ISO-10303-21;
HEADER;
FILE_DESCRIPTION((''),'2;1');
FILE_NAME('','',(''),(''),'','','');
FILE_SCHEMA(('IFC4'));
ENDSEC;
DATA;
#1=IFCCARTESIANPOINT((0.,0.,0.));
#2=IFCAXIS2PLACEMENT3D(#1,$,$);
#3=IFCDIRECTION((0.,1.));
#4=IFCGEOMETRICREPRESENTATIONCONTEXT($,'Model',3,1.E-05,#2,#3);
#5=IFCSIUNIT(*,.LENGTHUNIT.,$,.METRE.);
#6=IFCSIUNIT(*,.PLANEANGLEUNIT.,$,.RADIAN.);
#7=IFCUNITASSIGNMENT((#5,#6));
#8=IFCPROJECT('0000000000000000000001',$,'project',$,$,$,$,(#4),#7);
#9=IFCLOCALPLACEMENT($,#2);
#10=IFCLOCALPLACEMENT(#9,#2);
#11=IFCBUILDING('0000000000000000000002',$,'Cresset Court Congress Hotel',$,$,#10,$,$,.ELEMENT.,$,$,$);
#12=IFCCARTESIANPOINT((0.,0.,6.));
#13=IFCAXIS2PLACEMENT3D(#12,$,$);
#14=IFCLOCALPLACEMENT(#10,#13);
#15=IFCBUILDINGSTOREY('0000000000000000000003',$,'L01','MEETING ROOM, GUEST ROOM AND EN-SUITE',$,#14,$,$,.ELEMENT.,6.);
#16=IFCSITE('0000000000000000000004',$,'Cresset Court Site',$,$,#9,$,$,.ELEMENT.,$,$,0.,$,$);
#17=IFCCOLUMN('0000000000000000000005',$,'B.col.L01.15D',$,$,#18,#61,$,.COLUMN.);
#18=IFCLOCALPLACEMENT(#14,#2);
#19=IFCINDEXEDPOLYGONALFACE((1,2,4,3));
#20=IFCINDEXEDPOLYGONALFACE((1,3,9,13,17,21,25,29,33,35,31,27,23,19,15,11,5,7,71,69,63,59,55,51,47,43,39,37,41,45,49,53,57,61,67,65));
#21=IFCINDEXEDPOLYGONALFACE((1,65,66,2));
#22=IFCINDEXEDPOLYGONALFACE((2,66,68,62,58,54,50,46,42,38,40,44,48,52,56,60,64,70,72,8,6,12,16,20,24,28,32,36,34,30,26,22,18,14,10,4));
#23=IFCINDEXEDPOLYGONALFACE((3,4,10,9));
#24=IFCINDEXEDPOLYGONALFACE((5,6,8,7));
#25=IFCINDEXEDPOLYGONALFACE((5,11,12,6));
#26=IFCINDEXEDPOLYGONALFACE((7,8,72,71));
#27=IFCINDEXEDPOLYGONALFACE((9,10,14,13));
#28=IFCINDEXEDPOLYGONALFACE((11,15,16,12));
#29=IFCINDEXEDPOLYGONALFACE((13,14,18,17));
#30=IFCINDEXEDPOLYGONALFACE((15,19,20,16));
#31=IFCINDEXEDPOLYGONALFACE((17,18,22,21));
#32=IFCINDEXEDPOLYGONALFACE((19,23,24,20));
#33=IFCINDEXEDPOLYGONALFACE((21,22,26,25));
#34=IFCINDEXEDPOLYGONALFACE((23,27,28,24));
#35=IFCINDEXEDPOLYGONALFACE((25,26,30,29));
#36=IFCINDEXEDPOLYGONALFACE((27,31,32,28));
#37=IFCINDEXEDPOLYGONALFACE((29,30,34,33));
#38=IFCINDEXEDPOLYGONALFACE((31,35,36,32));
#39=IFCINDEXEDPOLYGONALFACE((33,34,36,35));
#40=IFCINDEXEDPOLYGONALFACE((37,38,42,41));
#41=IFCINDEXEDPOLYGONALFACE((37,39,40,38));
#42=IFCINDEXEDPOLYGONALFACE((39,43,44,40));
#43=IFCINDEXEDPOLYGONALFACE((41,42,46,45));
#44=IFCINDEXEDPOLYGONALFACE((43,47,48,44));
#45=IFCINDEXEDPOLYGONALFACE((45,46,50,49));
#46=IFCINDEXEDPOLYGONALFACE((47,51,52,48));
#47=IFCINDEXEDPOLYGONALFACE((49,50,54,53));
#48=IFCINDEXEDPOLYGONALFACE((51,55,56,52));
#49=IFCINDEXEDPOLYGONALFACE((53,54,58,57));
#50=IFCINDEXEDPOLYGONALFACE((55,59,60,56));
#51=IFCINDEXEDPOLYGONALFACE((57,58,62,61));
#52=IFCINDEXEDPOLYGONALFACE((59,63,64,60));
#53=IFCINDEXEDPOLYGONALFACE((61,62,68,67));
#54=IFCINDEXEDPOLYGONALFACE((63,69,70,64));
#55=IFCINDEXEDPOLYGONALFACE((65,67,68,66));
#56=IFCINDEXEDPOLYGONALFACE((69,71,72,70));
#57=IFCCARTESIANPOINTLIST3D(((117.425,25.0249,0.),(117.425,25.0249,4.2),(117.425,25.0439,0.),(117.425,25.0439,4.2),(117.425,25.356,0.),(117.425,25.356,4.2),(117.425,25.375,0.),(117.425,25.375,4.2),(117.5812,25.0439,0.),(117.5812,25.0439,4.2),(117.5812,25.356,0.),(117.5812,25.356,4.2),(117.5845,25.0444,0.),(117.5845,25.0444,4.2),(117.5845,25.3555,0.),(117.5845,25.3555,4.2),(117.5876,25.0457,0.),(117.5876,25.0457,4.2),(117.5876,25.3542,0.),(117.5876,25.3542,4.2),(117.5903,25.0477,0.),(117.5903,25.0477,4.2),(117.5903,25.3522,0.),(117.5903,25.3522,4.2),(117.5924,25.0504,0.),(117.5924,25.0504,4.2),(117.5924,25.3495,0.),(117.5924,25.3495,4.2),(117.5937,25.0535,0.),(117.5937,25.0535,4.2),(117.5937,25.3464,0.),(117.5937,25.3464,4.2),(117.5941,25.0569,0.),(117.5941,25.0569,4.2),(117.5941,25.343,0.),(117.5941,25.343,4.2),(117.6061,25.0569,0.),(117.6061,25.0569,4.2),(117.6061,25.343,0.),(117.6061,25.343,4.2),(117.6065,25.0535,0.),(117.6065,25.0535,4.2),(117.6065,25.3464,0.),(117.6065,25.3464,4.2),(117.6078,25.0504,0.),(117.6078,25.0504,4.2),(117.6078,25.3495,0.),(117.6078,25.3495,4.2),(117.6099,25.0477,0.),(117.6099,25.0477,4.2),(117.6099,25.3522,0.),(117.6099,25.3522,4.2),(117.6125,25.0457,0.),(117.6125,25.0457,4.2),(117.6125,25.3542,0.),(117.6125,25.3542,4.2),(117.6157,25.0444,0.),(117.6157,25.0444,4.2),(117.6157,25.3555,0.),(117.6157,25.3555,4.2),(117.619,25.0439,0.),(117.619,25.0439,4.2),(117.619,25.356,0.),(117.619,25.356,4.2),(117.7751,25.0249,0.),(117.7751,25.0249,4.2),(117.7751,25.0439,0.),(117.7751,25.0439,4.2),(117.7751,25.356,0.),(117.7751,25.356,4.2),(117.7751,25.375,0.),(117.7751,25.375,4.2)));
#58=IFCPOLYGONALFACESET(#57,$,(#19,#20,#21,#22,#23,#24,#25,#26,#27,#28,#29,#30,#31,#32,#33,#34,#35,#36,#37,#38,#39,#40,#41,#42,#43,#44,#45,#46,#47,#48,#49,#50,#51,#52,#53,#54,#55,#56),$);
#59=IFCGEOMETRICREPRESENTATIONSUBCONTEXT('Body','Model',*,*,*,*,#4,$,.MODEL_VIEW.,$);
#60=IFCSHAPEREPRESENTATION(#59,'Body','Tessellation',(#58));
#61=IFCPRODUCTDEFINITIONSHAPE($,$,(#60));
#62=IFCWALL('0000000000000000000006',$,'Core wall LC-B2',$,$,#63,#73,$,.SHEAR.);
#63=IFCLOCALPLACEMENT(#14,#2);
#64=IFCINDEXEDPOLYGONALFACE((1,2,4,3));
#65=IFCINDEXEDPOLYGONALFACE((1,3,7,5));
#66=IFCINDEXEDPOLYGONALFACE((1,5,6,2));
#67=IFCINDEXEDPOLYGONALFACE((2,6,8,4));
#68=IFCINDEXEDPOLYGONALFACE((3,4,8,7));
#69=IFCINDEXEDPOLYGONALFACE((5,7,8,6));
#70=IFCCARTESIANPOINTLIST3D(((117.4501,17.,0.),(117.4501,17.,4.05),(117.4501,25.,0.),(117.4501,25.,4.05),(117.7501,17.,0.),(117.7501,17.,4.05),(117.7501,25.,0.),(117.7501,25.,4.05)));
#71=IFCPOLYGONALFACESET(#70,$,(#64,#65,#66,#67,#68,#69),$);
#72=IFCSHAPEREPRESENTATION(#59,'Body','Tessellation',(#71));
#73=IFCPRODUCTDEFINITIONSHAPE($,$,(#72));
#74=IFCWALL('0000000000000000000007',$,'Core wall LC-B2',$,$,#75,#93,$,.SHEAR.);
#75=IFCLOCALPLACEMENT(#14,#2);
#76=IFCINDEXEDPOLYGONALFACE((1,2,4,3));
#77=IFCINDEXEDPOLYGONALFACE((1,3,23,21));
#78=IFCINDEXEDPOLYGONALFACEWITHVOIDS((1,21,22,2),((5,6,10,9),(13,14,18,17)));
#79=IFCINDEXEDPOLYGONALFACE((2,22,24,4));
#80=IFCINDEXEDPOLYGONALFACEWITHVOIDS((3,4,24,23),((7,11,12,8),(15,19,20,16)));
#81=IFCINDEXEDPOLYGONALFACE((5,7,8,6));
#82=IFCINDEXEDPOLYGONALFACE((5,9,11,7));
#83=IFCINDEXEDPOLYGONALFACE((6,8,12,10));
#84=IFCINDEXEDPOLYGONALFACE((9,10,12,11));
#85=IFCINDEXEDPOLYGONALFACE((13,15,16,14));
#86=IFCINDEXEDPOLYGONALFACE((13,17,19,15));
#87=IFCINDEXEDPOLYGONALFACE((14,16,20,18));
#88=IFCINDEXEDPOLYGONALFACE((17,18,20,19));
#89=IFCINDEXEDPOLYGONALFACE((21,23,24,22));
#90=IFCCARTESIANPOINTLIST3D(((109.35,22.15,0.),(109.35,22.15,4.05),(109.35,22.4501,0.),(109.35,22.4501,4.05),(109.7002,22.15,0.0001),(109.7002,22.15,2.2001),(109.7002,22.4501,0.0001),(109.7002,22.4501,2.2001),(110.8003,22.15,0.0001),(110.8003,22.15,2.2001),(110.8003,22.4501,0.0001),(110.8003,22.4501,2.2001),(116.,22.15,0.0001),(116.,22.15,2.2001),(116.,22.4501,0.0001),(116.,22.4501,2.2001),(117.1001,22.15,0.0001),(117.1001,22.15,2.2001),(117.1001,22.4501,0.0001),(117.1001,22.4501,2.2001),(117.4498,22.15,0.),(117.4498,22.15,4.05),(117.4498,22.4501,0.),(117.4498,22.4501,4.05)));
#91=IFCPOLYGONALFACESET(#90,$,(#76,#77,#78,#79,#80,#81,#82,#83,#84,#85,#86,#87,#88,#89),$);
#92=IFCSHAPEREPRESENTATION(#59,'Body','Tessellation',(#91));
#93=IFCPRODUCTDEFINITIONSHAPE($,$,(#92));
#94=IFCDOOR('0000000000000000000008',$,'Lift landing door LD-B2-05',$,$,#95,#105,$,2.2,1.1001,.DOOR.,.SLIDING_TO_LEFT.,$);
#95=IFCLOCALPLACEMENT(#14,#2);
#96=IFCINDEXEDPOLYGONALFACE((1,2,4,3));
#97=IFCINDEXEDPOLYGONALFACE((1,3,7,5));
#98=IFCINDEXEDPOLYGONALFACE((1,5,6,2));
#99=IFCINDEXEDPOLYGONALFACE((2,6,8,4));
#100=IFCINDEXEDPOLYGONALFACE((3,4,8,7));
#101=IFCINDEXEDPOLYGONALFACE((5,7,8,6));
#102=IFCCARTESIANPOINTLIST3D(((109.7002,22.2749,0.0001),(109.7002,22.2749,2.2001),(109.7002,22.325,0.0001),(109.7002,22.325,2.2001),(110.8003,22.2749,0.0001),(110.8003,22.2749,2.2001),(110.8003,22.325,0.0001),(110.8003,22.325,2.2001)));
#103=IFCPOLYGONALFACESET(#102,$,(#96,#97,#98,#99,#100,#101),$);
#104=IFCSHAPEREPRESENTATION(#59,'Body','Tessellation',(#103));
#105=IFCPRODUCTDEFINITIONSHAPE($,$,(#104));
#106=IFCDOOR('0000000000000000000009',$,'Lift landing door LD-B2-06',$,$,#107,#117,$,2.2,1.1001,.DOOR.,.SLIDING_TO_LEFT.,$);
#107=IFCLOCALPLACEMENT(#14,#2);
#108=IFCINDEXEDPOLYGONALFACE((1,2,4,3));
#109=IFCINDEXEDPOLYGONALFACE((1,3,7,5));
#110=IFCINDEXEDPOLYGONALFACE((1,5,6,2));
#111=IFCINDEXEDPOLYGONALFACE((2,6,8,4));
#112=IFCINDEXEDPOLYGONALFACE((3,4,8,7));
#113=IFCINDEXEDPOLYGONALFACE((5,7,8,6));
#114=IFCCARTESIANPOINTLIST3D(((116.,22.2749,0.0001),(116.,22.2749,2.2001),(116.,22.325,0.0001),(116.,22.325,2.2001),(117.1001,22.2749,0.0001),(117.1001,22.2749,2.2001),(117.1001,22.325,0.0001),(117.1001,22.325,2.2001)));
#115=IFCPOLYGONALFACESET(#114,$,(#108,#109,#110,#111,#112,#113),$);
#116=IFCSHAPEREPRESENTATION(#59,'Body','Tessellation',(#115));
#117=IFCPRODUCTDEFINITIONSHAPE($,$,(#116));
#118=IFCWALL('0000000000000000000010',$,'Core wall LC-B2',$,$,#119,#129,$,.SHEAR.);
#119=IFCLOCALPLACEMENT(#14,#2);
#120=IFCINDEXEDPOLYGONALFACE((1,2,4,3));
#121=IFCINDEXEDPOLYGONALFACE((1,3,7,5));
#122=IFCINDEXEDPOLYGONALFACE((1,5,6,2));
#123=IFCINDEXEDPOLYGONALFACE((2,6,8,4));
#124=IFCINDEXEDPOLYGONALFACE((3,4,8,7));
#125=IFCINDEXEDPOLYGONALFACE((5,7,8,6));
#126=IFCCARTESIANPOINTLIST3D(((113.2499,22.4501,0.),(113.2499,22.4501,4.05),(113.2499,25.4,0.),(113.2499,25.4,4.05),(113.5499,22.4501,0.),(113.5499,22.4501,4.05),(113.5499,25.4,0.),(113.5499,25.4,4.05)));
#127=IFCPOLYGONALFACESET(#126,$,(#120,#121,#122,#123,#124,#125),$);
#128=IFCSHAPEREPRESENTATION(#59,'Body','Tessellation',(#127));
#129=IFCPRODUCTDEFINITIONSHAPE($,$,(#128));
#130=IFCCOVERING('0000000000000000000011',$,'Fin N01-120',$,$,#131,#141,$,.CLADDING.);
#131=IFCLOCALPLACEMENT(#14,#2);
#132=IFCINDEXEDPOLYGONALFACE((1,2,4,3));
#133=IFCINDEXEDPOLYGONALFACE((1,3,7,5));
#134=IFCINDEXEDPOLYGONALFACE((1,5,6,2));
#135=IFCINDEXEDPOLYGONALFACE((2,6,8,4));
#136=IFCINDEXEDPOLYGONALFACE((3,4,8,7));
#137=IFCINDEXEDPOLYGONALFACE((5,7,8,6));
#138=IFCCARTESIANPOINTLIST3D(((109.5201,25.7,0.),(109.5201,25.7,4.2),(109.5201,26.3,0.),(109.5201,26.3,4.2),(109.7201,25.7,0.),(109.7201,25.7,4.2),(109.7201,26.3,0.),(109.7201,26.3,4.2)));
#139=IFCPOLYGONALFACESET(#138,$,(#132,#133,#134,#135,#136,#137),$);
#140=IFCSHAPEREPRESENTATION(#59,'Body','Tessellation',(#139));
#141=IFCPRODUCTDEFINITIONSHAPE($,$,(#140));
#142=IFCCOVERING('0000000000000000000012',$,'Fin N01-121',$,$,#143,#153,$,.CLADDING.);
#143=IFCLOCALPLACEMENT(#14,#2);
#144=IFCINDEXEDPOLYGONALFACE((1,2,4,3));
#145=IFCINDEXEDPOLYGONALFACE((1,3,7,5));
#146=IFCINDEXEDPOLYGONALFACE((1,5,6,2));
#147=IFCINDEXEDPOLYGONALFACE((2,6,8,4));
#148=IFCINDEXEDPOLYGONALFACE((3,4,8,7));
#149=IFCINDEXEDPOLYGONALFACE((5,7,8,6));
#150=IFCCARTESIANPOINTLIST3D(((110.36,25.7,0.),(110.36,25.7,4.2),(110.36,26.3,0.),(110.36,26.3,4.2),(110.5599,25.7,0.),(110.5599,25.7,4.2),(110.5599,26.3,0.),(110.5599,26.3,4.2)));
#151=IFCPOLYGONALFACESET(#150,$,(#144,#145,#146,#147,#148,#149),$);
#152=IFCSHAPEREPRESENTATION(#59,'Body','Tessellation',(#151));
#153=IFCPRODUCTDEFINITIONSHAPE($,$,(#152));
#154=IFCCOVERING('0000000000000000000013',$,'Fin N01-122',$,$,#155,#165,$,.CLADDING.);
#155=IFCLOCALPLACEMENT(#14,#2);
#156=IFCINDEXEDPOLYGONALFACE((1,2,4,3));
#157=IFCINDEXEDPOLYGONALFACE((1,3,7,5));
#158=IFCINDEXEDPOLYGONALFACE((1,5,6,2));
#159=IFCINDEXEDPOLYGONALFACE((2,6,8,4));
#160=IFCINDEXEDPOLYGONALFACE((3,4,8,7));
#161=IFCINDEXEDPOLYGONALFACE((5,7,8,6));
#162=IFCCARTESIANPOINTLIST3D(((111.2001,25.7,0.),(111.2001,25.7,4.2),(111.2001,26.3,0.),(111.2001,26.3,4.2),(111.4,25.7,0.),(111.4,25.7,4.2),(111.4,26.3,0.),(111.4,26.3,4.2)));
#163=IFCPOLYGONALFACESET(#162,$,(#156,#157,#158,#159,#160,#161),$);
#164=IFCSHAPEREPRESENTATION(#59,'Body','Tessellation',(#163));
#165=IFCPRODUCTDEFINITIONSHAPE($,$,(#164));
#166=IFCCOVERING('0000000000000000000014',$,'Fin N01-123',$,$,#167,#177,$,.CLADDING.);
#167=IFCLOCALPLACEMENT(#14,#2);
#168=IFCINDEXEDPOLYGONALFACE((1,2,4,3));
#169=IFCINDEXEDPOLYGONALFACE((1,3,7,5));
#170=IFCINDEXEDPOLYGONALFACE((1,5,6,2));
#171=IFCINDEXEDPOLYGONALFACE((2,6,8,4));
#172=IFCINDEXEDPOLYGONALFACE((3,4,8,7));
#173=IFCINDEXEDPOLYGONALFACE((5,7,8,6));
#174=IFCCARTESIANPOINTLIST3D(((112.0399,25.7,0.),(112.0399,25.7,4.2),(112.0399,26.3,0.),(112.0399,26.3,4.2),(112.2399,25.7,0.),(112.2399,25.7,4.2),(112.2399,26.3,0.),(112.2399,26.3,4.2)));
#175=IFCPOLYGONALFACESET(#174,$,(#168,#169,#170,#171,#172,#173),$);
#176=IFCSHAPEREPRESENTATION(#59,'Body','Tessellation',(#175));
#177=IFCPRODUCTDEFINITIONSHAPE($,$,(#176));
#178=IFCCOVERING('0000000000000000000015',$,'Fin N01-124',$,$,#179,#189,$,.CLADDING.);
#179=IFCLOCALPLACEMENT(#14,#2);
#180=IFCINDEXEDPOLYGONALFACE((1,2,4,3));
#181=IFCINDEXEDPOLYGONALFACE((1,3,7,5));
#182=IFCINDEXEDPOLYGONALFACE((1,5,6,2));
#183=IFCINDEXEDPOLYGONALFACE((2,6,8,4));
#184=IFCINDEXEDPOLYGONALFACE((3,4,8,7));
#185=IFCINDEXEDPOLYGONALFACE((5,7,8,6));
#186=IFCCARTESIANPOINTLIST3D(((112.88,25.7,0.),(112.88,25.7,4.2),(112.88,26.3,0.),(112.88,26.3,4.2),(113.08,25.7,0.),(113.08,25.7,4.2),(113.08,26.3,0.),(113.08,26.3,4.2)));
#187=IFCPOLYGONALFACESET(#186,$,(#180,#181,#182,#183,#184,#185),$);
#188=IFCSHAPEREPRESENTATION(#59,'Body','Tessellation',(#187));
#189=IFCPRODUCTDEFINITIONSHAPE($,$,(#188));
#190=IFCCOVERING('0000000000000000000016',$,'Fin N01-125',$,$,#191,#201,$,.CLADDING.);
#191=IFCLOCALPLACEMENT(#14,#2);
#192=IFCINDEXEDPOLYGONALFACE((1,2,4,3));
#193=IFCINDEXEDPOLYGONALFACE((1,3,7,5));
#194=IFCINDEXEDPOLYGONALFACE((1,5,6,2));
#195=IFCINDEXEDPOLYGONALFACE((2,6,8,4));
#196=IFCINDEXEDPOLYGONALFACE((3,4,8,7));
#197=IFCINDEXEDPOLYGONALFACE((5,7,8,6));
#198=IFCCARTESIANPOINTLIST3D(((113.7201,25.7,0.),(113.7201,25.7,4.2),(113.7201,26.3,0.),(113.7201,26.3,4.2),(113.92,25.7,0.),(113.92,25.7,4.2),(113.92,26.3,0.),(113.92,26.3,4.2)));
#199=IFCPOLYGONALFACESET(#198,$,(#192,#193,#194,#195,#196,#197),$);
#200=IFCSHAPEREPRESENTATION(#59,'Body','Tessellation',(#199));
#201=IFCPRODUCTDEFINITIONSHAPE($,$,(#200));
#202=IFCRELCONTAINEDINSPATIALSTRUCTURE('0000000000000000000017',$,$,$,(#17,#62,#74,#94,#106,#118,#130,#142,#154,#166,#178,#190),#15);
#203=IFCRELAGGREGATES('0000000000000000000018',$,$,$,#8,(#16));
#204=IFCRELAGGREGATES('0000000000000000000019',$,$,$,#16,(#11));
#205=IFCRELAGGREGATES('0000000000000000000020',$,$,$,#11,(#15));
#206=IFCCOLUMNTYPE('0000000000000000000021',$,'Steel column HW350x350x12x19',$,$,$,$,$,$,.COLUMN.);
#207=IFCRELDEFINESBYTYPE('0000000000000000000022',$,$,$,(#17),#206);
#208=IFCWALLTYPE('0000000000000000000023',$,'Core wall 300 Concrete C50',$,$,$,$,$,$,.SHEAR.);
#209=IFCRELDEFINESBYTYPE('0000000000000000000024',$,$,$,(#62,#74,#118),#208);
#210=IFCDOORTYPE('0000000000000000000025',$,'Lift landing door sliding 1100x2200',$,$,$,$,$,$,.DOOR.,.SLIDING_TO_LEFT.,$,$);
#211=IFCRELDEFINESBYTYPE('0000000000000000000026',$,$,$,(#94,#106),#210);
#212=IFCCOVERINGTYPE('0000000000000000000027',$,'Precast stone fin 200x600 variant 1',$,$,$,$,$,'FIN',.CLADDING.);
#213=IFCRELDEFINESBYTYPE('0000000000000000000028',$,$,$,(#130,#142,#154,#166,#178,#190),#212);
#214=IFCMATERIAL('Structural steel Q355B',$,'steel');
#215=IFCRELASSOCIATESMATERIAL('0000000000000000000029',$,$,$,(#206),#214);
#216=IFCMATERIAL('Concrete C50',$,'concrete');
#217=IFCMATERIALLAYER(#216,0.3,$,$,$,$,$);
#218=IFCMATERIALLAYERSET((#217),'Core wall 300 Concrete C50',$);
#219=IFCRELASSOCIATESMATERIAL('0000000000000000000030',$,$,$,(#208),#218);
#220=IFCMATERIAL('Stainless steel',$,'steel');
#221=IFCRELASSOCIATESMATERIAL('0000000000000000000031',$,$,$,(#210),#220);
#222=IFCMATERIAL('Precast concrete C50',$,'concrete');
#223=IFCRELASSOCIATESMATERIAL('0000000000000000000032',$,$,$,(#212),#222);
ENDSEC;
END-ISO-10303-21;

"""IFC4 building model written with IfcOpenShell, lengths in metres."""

from ifc_helpers import new_model, si_unit, direction, frame, frame_2d, origin, origin_2d, place, context, subcontext, project, spatial, rectangle, i_section, extrude, material, layer, layer_set, material_profile, profile_set, type_object, element, fill, save


model = new_model("IFC4")

# Units and contexts
model_context = context("Model", 3, precision=1e-05, world=origin(), true_north=direction((0.0, 1.0)))
body_context = subcontext(model_context, "Body", "Model", "MODEL_VIEW")
ifc_project = project(units=[si_unit("LENGTHUNIT", "METRE"), si_unit("PLANEANGLEUNIT", "RADIAN")], contexts=[model_context])

# Site, building, storey
site_placement = place(None, origin())
site = spatial("IfcSite", under=ifc_project, at=site_placement, Name="Cresset Court Site", CompositionType="ELEMENT", RefElevation=0.0)
building_placement = place(site_placement, origin())
building = spatial("IfcBuilding", under=site, at=building_placement, Name="Cresset Court Congress Hotel", CompositionType="ELEMENT")
storey_placement = place(building_placement, frame((0.0, 0.0, 6.0)))
storey = spatial("IfcBuildingStorey", under=building, at=storey_placement, Name="L01", Description="MEETING ROOM, GUEST ROOM AND EN-SUITE", CompositionType="ELEMENT", Elevation=6.0)

# Column
ifc_material_1 = material(Name="Structural steel Q355B", Category="steel")
ifc_material_profile = material_profile(ifc_material_1, i_section(OverallWidth=0.3501, OverallDepth=0.3501, WebThickness=0.012, FlangeThickness=0.019, FilletRadius=0.0129, at=origin_2d()), Name="HW350x350x12x19")
ifc_profile_set = profile_set([ifc_material_profile], Name="Structural steel Q355B")
column_type = type_object("IfcColumnType", Name="Steel column HW350x350x12x19", PredefinedType="COLUMN", material=ifc_profile_set)
column_placement = place(storey_placement, frame((117.6001, 25.2, 0.0), z_axis=(0.0, 0.0, 1.0), x_axis=(1.0, 0.0, 0.0)))
element("IfcColumn", 1, at=column_placement, inside=storey, type_object=column_type, Name="B.col.L01.15D", PredefinedType="COLUMN", context=body_context, shape_type="SweptSolid", body=[
    extrude(i_section(OverallWidth=0.3501, OverallDepth=0.3501, WebThickness=0.012, FlangeThickness=0.019, FilletRadius=0.0129, at=origin_2d()), origin(), (0.0, 0.0, 1.0), 4.2),
])

# Wall
ifc_material_2 = material(Name="Concrete C50", Category="concrete")
ifc_layer_1 = layer(ifc_material_2, 0.3)
ifc_layer_set_1 = layer_set([ifc_layer_1], Name="Core wall 300 Concrete C50")
wall_type_1 = type_object("IfcWallType", Name="Core wall 300 Concrete C50", PredefinedType="SHEAR", material=ifc_layer_set_1)
wall_1_placement = place(storey_placement, frame((117.6001, 17.0, 0.0), z_axis=(0.0, 0.0, 1.0), x_axis=(0.0, 1.0, 0.0)))
element("IfcWall", 2, at=wall_1_placement, inside=storey, type_object=wall_type_1, Name="Core wall LC-B2", PredefinedType="SHEAR", context=body_context, shape_type="SweptSolid", body=[
    extrude(rectangle(XDim=8.0, YDim=0.3, at=frame_2d((4.0, 0.0))), origin(), (0.0, 0.0, 1.0), 4.05),
])

# Wall, openings, doors
wall_2_placement = place(storey_placement, frame((109.3501, 22.3, 0.0), z_axis=(0.0, 0.0, 1.0), x_axis=(1.0, 0.0, 0.0)))
wall_2 = element("IfcWall", 3, at=wall_2_placement, inside=storey, type_object=wall_type_1, Name="Core wall LC-B2", PredefinedType="SHEAR", context=body_context, shape_type="SweptSolid", body=[
    extrude(rectangle(XDim=8.0999, YDim=0.3, at=frame_2d((4.0498, 0.0))), origin(), (0.0, 0.0, 1.0), 4.05),
])
opening_1_placement = place(wall_2_placement, frame((0.3501, 0.0, 0.0)))
opening_1 = element("IfcOpeningElement", 4, at=opening_1_placement, cuts=wall_2, PredefinedType="OPENING", context=body_context, shape_type="SweptSolid", body=[
    extrude(rectangle(XDim=1.1001, YDim=2.2, at=frame_2d((0.55, 1.1001))), frame((0.0, 0.1599, 0.0), z_axis=(0.0, -1.0, 0.0), x_axis=(1.0, 0.0, 0.0)), (0.0, 0.0, 1.0), 0.3201),
])
opening_2_placement = place(wall_2_placement, frame((6.6499, 0.0, 0.0)))
opening_2 = element("IfcOpeningElement", 5, at=opening_2_placement, cuts=wall_2, PredefinedType="OPENING", context=body_context, shape_type="SweptSolid", body=[
    extrude(rectangle(XDim=1.1001, YDim=2.2, at=frame_2d((0.55, 1.1001))), frame((0.0, 0.1599, 0.0), z_axis=(0.0, -1.0, 0.0), x_axis=(1.0, 0.0, 0.0)), (0.0, 0.0, 1.0), 0.3201),
])
ifc_material_3 = material(Name="Stainless steel", Category="steel")
door_type_1 = type_object("IfcDoorType", Name="Lift landing door sliding 1100x2200", OperationType="SLIDING_TO_LEFT", PredefinedType="DOOR", material=ifc_material_3)
door_1_placement = place(opening_1_placement, origin())
door_1 = element("IfcDoor", 6, at=door_1_placement, inside=storey, type_object=door_type_1, Name="Lift landing door LD-B2-05", OperationType="SLIDING_TO_LEFT", OverallHeight=2.2, OverallWidth=1.1001, PredefinedType="DOOR", context=body_context, shape_type="SweptSolid", body=[
    extrude(rectangle(XDim=1.1001, YDim=2.2, at=frame_2d((0.55, 1.1001))), frame((0.0, 0.0249, 0.0), z_axis=(0.0, -1.0, 0.0), x_axis=(1.0, 0.0, 0.0)), (0.0, 0.0, 1.0), 0.05),
])
fill(opening_1, door_1)
door_2_placement = place(opening_2_placement, origin())
door_2 = element("IfcDoor", 7, at=door_2_placement, inside=storey, type_object=door_type_1, Name="Lift landing door LD-B2-06", OperationType="SLIDING_TO_LEFT", OverallHeight=2.2, OverallWidth=1.1001, PredefinedType="DOOR", context=body_context, shape_type="SweptSolid", body=[
    extrude(rectangle(XDim=1.1001, YDim=2.2, at=frame_2d((0.55, 1.1001))), frame((0.0, 0.0249, 0.0), z_axis=(0.0, -1.0, 0.0), x_axis=(1.0, 0.0, 0.0)), (0.0, 0.0, 1.0), 0.05),
])
fill(opening_2, door_2)

# Wall
wall_3_placement = place(storey_placement, frame((113.3999, 22.45, 0.0), z_axis=(0.0, 0.0, 1.0), x_axis=(0.0, 1.0, 0.0)))
element("IfcWall", 8, at=wall_3_placement, inside=storey, type_object=wall_type_1, Name="Core wall LC-B2", PredefinedType="SHEAR", context=body_context, shape_type="SweptSolid", body=[
    extrude(rectangle(XDim=2.95, YDim=0.3, at=frame_2d((1.4751, 0.0))), origin(), (0.0, 0.0, 1.0), 4.05),
])

# Coverings
ifc_material_4 = material(Name="Precast concrete C50", Category="concrete")
covering_type = type_object("IfcCoveringType", Name="Precast stone fin 200x600 variant 1", ElementType="FIN", PredefinedType="CLADDING", material=ifc_material_4)
for number, where, z_axis, x_axis, name in (
    (9, (109.6201, 26.0, 0.0), (0.0, 0.0, 1.0), (1.0, 0.0, 0.0), "Fin N01-120"),
    (10, (110.46, 26.0, 0.0), (0.0, 0.0, 1.0), (1.0, 0.0, 0.0), "Fin N01-121"),
    (11, (111.3, 26.0, 0.0), (0.0, 0.0, 1.0), (1.0, 0.0, 0.0), "Fin N01-122"),
    (12, (112.1399, 26.0, 0.0), (0.0, 0.0, 1.0), (1.0, 0.0, 0.0), "Fin N01-123"),
    (13, (112.98, 26.0, 0.0), (0.0, 0.0, 1.0), (1.0, 0.0, 0.0), "Fin N01-124"),
    (14, (113.8201, 26.0, 0.0), (0.0, 0.0, 1.0), (1.0, 0.0, 0.0), "Fin N01-125"),
):
    element("IfcCovering", number, at=place(storey_placement, frame(where, z_axis=z_axis, x_axis=x_axis)), inside=storey, type_object=covering_type, Name=name, PredefinedType="CLADDING", context=body_context, shape_type="SweptSolid", body=[
        extrude(rectangle(XDim=0.2, YDim=0.6001, at=origin_2d()), origin(), (0.0, 0.0, 1.0), 4.2),
    ])

save(model, "model.ifc")
